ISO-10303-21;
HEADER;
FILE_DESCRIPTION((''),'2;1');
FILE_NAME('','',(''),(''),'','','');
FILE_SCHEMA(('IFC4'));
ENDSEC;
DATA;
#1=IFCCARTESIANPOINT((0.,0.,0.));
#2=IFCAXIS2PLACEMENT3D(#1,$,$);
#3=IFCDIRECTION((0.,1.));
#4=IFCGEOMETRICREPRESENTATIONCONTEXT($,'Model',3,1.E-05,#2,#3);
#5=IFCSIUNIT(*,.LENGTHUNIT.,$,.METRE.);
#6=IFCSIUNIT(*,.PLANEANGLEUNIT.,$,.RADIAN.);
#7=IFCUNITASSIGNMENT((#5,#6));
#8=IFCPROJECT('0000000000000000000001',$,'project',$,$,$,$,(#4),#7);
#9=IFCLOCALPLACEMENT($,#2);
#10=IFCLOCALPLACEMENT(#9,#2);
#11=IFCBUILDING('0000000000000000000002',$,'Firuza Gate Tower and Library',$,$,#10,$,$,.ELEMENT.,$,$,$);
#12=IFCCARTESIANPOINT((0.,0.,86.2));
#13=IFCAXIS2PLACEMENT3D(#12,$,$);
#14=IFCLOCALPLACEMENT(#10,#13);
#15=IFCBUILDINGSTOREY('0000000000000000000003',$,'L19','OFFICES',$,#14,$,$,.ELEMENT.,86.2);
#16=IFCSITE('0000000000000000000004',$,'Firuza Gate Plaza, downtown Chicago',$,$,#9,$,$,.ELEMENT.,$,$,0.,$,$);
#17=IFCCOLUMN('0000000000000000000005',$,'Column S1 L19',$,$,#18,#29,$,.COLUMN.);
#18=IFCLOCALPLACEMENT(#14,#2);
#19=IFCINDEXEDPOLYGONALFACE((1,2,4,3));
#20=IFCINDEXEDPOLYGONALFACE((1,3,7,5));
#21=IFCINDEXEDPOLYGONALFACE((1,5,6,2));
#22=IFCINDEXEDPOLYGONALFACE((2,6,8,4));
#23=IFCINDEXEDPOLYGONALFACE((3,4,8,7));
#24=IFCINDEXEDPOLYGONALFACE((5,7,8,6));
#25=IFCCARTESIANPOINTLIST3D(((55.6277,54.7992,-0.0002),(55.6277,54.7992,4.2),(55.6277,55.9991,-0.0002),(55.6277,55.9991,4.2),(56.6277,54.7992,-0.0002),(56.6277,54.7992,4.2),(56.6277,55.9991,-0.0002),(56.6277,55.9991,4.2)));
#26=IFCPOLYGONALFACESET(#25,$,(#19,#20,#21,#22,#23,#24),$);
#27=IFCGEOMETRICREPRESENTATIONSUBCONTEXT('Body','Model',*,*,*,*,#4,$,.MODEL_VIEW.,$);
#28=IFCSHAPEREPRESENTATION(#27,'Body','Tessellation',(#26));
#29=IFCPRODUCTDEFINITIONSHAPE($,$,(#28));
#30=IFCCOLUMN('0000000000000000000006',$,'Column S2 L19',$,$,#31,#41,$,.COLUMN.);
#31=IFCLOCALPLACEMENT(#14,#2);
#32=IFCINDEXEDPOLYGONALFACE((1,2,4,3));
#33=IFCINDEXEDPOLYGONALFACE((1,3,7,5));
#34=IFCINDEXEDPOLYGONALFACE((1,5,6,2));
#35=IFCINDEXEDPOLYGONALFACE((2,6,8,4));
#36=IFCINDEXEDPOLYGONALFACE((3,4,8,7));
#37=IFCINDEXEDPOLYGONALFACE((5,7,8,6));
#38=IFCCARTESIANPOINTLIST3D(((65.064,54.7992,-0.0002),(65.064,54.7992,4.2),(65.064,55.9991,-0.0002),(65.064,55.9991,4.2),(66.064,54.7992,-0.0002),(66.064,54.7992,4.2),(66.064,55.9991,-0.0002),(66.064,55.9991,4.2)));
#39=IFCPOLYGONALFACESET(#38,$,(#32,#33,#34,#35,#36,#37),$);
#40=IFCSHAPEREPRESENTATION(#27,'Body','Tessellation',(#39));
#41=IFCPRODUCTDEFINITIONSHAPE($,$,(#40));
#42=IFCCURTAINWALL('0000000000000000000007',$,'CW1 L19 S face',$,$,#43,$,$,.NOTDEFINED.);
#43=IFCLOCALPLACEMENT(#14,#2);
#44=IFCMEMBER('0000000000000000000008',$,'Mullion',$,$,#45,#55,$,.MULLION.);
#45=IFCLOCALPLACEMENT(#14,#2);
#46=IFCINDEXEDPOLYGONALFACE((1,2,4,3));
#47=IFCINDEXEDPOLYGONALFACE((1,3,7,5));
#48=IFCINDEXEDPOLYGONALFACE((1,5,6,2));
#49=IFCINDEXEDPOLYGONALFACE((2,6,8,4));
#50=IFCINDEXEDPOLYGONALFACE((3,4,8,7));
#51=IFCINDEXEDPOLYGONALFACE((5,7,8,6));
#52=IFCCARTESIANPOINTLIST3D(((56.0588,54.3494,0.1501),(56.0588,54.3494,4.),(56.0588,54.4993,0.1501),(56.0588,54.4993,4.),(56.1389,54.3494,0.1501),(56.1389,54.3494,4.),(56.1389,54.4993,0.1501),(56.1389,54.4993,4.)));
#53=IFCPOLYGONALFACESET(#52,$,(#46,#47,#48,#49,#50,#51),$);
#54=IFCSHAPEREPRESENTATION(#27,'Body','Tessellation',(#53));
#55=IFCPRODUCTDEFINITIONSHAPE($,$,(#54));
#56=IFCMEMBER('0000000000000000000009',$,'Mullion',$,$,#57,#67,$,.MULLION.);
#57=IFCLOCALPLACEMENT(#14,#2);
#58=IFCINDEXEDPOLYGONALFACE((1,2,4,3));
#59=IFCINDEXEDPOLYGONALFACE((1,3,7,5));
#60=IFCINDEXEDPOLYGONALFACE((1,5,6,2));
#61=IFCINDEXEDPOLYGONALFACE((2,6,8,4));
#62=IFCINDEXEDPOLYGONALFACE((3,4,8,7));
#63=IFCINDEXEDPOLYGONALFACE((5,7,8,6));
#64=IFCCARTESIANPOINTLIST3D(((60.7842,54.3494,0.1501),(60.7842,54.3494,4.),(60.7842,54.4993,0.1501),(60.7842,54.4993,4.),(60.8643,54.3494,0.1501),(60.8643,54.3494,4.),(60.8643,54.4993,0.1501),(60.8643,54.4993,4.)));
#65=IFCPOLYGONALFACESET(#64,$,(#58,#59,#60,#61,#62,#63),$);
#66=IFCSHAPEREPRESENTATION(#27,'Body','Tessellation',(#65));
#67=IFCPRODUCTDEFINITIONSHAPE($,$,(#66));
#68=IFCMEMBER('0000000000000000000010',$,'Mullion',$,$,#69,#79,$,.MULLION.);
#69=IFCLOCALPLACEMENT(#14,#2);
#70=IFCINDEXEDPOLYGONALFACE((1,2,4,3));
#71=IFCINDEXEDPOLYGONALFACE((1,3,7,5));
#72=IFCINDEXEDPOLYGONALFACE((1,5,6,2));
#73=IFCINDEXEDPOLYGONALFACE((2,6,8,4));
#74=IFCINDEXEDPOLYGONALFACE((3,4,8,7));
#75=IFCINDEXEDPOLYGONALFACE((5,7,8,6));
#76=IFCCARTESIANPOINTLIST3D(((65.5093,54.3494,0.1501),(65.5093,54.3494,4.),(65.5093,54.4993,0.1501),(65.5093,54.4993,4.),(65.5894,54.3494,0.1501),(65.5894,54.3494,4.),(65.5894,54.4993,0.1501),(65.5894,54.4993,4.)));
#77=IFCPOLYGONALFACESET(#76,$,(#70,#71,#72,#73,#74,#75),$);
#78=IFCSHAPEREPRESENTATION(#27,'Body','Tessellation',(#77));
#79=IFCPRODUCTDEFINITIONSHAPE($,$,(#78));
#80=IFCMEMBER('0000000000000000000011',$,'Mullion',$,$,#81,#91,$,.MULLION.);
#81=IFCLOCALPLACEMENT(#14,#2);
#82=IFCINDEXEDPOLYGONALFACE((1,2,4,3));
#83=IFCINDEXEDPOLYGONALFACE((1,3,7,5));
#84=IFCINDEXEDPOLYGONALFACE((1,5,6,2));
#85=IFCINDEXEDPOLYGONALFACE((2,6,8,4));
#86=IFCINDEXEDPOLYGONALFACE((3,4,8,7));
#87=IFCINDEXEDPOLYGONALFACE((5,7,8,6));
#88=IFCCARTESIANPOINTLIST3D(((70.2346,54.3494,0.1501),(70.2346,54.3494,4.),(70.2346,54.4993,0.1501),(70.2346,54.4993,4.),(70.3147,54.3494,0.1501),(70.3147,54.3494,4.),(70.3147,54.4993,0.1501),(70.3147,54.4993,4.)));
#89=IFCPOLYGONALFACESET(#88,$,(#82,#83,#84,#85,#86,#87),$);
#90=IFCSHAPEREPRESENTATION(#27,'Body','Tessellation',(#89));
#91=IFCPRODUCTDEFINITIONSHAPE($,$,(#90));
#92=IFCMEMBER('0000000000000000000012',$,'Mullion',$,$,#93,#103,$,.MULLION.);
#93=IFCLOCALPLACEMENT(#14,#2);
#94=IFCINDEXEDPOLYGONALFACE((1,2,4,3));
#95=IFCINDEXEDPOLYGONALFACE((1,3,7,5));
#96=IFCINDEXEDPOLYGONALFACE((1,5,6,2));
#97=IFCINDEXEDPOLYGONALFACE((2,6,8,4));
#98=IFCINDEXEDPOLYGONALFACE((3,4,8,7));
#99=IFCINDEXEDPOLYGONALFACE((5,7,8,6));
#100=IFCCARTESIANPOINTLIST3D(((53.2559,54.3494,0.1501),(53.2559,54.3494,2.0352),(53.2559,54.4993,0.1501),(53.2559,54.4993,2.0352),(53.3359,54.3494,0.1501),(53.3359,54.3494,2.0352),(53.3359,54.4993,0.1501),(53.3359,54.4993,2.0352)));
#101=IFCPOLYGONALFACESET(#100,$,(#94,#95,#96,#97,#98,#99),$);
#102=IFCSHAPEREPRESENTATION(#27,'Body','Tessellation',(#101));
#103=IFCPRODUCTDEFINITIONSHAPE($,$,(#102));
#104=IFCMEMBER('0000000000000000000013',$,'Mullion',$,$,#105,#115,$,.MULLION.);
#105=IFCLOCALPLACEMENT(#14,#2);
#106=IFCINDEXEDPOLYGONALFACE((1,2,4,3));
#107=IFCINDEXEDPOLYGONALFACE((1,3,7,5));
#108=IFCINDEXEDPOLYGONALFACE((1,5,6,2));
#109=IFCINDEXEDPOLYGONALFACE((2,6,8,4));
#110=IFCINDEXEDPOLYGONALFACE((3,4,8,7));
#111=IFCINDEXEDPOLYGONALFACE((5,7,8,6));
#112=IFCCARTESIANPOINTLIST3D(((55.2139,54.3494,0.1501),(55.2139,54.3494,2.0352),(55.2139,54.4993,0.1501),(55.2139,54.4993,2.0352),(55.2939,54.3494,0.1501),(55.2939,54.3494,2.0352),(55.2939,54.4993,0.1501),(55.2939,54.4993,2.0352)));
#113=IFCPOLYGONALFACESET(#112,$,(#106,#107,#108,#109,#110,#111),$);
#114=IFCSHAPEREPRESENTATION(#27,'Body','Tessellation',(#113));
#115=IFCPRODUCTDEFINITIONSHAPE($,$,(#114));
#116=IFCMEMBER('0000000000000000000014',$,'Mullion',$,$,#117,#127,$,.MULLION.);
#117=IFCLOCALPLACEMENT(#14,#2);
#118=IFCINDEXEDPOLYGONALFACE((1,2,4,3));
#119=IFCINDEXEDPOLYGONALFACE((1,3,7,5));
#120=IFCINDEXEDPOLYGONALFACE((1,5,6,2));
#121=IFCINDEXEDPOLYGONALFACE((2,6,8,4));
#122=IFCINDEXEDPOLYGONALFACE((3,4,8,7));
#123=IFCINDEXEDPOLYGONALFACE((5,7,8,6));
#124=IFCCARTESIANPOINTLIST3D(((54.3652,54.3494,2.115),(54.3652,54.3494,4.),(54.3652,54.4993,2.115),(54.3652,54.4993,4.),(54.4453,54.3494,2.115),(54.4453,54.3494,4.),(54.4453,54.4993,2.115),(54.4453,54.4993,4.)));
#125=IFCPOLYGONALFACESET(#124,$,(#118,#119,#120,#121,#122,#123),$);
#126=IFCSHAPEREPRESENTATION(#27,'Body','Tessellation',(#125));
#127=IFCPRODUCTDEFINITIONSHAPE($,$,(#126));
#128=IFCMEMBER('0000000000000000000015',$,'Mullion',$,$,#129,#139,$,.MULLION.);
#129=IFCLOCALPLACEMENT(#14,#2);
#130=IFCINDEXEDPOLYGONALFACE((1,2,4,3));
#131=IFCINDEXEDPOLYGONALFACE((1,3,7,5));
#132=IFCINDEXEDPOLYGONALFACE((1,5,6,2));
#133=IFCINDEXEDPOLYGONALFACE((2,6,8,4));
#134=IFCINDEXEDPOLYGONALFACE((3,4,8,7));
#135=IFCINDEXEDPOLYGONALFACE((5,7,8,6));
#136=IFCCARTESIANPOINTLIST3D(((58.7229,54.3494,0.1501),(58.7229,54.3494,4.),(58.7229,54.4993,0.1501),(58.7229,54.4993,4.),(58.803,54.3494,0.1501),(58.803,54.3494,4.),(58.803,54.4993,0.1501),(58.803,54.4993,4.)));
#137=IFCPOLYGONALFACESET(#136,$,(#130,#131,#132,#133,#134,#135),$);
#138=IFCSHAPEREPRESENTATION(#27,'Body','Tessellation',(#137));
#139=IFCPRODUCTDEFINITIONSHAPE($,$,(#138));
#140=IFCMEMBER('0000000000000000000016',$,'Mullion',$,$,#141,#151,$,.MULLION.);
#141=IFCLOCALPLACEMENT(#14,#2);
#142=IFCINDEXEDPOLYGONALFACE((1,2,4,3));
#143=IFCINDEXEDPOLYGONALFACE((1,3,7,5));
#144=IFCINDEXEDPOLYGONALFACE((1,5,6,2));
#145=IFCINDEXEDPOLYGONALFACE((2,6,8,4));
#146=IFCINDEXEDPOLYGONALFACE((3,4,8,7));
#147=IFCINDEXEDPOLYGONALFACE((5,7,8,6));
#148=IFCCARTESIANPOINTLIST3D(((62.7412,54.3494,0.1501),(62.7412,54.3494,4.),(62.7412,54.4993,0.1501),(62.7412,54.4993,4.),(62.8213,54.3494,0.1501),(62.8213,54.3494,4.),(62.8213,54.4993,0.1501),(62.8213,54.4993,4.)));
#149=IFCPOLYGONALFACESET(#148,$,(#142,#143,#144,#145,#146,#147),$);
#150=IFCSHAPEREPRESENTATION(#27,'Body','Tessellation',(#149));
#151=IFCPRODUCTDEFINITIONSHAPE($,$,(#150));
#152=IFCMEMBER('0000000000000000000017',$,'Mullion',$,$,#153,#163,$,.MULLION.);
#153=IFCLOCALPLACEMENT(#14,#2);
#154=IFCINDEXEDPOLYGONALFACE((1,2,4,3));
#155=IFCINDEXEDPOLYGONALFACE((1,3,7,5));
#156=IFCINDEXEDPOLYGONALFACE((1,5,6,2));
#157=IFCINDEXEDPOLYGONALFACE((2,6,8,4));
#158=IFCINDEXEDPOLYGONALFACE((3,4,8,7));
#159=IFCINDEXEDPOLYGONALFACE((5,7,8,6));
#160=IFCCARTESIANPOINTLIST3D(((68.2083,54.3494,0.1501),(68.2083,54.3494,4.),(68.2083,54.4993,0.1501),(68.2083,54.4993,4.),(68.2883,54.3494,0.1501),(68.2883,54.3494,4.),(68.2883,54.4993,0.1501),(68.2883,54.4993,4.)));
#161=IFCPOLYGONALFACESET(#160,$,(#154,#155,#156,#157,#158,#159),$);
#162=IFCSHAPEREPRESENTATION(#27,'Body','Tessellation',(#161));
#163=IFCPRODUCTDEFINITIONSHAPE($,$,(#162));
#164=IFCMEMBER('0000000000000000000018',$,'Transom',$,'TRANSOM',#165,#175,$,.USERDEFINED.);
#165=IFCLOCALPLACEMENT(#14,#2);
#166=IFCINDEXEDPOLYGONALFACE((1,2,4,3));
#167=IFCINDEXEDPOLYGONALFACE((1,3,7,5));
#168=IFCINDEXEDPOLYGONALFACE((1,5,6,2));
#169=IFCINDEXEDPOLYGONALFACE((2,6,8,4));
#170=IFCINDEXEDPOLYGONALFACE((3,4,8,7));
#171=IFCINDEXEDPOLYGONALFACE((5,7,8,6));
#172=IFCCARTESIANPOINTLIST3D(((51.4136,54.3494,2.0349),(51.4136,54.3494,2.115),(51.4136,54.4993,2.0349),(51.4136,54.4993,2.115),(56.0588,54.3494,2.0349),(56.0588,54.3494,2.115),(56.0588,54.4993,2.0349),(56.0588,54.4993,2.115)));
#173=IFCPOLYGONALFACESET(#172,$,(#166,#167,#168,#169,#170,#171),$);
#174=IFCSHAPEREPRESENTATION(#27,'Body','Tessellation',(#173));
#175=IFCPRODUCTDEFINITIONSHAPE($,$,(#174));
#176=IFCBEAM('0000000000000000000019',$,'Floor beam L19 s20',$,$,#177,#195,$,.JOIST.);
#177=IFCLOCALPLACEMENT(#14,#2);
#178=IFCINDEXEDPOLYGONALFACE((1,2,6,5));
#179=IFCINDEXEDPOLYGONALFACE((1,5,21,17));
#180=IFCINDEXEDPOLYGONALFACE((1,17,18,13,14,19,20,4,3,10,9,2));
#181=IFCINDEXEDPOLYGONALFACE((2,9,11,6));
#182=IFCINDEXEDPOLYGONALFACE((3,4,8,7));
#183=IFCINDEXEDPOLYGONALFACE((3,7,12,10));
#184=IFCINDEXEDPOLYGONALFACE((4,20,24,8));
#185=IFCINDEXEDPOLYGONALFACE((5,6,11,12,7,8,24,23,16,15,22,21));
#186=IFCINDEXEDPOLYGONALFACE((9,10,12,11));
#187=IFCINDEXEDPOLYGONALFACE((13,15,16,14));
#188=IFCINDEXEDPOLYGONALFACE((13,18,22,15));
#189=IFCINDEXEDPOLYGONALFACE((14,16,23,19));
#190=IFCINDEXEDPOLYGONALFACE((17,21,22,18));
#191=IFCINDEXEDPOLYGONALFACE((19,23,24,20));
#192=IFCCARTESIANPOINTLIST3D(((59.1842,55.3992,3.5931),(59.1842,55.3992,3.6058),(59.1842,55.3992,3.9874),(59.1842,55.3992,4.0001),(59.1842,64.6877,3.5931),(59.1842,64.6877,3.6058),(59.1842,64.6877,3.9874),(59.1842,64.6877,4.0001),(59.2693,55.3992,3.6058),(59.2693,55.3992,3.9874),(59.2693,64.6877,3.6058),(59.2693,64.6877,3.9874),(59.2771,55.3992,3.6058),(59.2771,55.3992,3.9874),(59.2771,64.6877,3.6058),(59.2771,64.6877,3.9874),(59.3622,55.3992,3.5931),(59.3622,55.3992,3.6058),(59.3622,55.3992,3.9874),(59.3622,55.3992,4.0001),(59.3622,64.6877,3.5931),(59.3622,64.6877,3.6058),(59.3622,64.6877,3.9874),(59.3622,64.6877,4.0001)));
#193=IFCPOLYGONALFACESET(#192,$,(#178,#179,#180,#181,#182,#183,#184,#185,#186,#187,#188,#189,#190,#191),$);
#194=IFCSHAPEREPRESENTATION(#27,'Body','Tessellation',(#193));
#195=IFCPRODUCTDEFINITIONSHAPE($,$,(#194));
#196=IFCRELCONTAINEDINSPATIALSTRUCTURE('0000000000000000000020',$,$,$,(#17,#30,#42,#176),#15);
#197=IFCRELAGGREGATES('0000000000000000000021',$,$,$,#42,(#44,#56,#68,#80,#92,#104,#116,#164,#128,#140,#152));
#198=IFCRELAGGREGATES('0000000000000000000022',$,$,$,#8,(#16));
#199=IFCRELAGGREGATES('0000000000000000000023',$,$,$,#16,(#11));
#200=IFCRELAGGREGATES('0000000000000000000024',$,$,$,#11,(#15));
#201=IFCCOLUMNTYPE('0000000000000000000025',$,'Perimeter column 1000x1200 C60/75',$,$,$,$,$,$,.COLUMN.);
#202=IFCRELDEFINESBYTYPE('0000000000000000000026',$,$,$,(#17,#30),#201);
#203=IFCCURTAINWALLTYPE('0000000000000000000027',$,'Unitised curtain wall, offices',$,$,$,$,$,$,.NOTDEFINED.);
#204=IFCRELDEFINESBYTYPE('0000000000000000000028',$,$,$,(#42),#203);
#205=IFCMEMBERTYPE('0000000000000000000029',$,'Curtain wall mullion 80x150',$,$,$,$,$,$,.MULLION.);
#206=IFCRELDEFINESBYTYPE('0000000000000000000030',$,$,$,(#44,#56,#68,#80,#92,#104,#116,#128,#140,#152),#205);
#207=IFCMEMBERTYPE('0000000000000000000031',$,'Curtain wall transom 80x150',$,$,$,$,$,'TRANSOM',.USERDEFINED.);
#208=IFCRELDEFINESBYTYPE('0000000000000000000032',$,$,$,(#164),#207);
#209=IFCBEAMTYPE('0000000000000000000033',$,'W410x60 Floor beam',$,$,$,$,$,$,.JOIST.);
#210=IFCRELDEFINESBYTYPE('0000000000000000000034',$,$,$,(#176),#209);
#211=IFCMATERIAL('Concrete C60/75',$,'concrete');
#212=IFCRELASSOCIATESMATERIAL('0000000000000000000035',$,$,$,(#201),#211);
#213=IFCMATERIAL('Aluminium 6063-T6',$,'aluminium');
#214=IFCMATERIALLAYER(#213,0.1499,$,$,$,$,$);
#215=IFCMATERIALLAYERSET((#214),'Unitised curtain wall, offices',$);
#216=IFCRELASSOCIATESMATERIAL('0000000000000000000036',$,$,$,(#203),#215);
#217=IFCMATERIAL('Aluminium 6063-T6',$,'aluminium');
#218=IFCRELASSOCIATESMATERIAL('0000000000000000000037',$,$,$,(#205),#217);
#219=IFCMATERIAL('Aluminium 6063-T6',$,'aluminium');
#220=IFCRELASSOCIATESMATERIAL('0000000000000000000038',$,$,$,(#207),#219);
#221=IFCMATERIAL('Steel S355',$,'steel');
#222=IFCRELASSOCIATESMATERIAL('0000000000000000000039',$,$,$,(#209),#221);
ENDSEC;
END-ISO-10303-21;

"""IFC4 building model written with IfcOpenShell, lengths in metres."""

from ifc_helpers import new_model, si_unit, direction, frame, origin, origin_2d, place, context, subcontext, project, spatial, rectangle, i_section, extrude, material, layer, layer_set, material_profile, profile_set, type_object, element, aggregate, save


model = new_model("IFC4")

# Units and contexts
model_context = context("Model", 3, precision=1e-05, world=origin(), true_north=direction((0.0, 1.0)))
body_context = subcontext(model_context, "Body", "Model", "MODEL_VIEW")
ifc_project = project(units=[si_unit("LENGTHUNIT", "METRE"), si_unit("PLANEANGLEUNIT", "RADIAN")], contexts=[model_context])

# Site, building, storey
site_placement = place(None, origin())
site = spatial("IfcSite", under=ifc_project, at=site_placement, Name="Firuza Gate Plaza, downtown Chicago", CompositionType="ELEMENT", RefElevation=0.0)
building_placement = place(site_placement, origin())
building = spatial("IfcBuilding", under=site, at=building_placement, Name="Firuza Gate Tower and Library", CompositionType="ELEMENT")
storey_placement = place(building_placement, frame((0.0, 0.0, 86.2)))
storey = spatial("IfcBuildingStorey", under=building, at=storey_placement, Name="L19", Description="OFFICES", CompositionType="ELEMENT", Elevation=86.2)

# Columns
ifc_material_1 = material(Name="Concrete C60/75", Category="concrete")
ifc_material_profile_1 = material_profile(ifc_material_1, rectangle(XDim=1.0, YDim=1.2, at=origin_2d()))
ifc_profile_set_1 = profile_set([ifc_material_profile_1], Name="Concrete C60/75")
column_type = type_object("IfcColumnType", Name="Perimeter column 1000x1200 C60/75", PredefinedType="COLUMN", material=ifc_profile_set_1)
for number, where, z_axis, x_axis, name in (
    (1, (56.1277, 55.3992, -0.0002), (0.0, 0.0, 1.0), (1.0, 0.0, 0.0), "Column S1 L19"),
    (2, (65.564, 55.3992, -0.0002), (0.0, 0.0, 1.0), (1.0, 0.0, 0.0), "Column S2 L19"),
):
    element("IfcColumn", number, at=place(storey_placement, frame(where, z_axis=z_axis, x_axis=x_axis)), inside=storey, type_object=column_type, Name=name, PredefinedType="COLUMN", context=body_context, shape_type="SweptSolid", body=[
        extrude(rectangle(XDim=1.0, YDim=1.2, at=origin_2d()), origin(), (0.0, 0.0, 1.0), 4.2002),
    ])

# Curtain wall, members
ifc_material_2 = material(Name="Aluminium 6063-T6", Category="aluminium")
ifc_layer_1 = layer(ifc_material_2, 0.1499)
ifc_layer_set_1 = layer_set([ifc_layer_1], Name="Unitised curtain wall, offices")
curtain_wall_type = type_object("IfcCurtainWallType", Name="Unitised curtain wall, offices", PredefinedType="NOTDEFINED", material=ifc_layer_set_1)
curtain_wall_placement = place(storey_placement, origin())
curtain_wall = element("IfcCurtainWall", 3, at=curtain_wall_placement, inside=storey, type_object=curtain_wall_type, Name="CW1 L19 S face", PredefinedType="NOTDEFINED")
ifc_material_3 = material(Name="Aluminium 6063-T6", Category="aluminium")
ifc_material_profile_2 = material_profile(ifc_material_3, rectangle(XDim=0.1499, YDim=0.0801, at=origin_2d()))
ifc_profile_set_2 = profile_set([ifc_material_profile_2], Name="Aluminium 6063-T6")
member_type_1 = type_object("IfcMemberType", Name="Curtain wall mullion 80x150", PredefinedType="MULLION", material=ifc_profile_set_2)
member_1_placement = place(storey_placement, frame((56.0989, 54.4243, 0.1501), z_axis=(0.0, 0.0, 1.0), x_axis=(0.0, 1.0, 0.0)))
member_1 = element("IfcMember", 4, at=member_1_placement, type_object=member_type_1, Name="Mullion", PredefinedType="MULLION", context=body_context, shape_type="SweptSolid", body=[
    extrude(rectangle(XDim=0.1499, YDim=0.0801, at=origin_2d()), origin(), (0.0, 0.0, 1.0), 3.8499),
])
member_2_placement = place(storey_placement, frame((60.8242, 54.4243, 0.1501), z_axis=(0.0, 0.0, 1.0), x_axis=(0.0, 1.0, 0.0)))
member_2 = element("IfcMember", 5, at=member_2_placement, type_object=member_type_1, Name="Mullion", PredefinedType="MULLION", context=body_context, shape_type="SweptSolid", body=[
    extrude(rectangle(XDim=0.1499, YDim=0.0801, at=origin_2d()), origin(), (0.0, 0.0, 1.0), 3.8499),
])
member_3_placement = place(storey_placement, frame((65.5493, 54.4243, 0.1501), z_axis=(0.0, 0.0, 1.0), x_axis=(0.0, 1.0, 0.0)))
member_3 = element("IfcMember", 6, at=member_3_placement, type_object=member_type_1, Name="Mullion", PredefinedType="MULLION", context=body_context, shape_type="SweptSolid", body=[
    extrude(rectangle(XDim=0.1499, YDim=0.0801, at=origin_2d()), origin(), (0.0, 0.0, 1.0), 3.8499),
])
member_4_placement = place(storey_placement, frame((70.2747, 54.4243, 0.1501), z_axis=(0.0, 0.0, 1.0), x_axis=(0.0, 1.0, 0.0)))
member_4 = element("IfcMember", 7, at=member_4_placement, type_object=member_type_1, Name="Mullion", PredefinedType="MULLION", context=body_context, shape_type="SweptSolid", body=[
    extrude(rectangle(XDim=0.1499, YDim=0.0801, at=origin_2d()), origin(), (0.0, 0.0, 1.0), 3.8499),
])
member_5_placement = place(storey_placement, frame((53.2959, 54.4243, 0.1501), z_axis=(0.0, 0.0, 1.0), x_axis=(0.0, 1.0, 0.0)))
member_5 = element("IfcMember", 8, at=member_5_placement, type_object=member_type_1, Name="Mullion", PredefinedType="MULLION", context=body_context, shape_type="SweptSolid", body=[
    extrude(rectangle(XDim=0.1499, YDim=0.0801, at=origin_2d()), origin(), (0.0, 0.0, 1.0), 1.885),
])
member_6_placement = place(storey_placement, frame((55.2539, 54.4243, 0.1501), z_axis=(0.0, 0.0, 1.0), x_axis=(0.0, 1.0, 0.0)))
member_6 = element("IfcMember", 9, at=member_6_placement, type_object=member_type_1, Name="Mullion", PredefinedType="MULLION", context=body_context, shape_type="SweptSolid", body=[
    extrude(rectangle(XDim=0.1499, YDim=0.0801, at=origin_2d()), origin(), (0.0, 0.0, 1.0), 1.885),
])
member_7_placement = place(storey_placement, frame((54.4053, 54.4243, 2.115), z_axis=(0.0, 0.0, 1.0), x_axis=(0.0, 1.0, 0.0)))
member_7 = element("IfcMember", 10, at=member_7_placement, type_object=member_type_1, Name="Mullion", PredefinedType="MULLION", context=body_context, shape_type="SweptSolid", body=[
    extrude(rectangle(XDim=0.1499, YDim=0.0801, at=origin_2d()), origin(), (0.0, 0.0, 1.0), 1.885),
])
member_8_placement = place(storey_placement, frame((58.7629, 54.4243, 0.1501), z_axis=(0.0, 0.0, 1.0), x_axis=(0.0, 1.0, 0.0)))
member_8 = element("IfcMember", 11, at=member_8_placement, type_object=member_type_1, Name="Mullion", PredefinedType="MULLION", context=body_context, shape_type="SweptSolid", body=[
    extrude(rectangle(XDim=0.1499, YDim=0.0801, at=origin_2d()), origin(), (0.0, 0.0, 1.0), 3.8499),
])
member_9_placement = place(storey_placement, frame((62.7812, 54.4243, 0.1501), z_axis=(0.0, 0.0, 1.0), x_axis=(0.0, 1.0, 0.0)))
member_9 = element("IfcMember", 12, at=member_9_placement, type_object=member_type_1, Name="Mullion", PredefinedType="MULLION", context=body_context, shape_type="SweptSolid", body=[
    extrude(rectangle(XDim=0.1499, YDim=0.0801, at=origin_2d()), origin(), (0.0, 0.0, 1.0), 3.8499),
])
member_10_placement = place(storey_placement, frame((68.2483, 54.4243, 0.1501), z_axis=(0.0, 0.0, 1.0), x_axis=(0.0, 1.0, 0.0)))
member_10 = element("IfcMember", 13, at=member_10_placement, type_object=member_type_1, Name="Mullion", PredefinedType="MULLION", context=body_context, shape_type="SweptSolid", body=[
    extrude(rectangle(XDim=0.1499, YDim=0.0801, at=origin_2d()), origin(), (0.0, 0.0, 1.0), 3.8499),
])
ifc_material_4 = material(Name="Aluminium 6063-T6", Category="aluminium")
ifc_material_profile_3 = material_profile(ifc_material_4, rectangle(XDim=0.1499, YDim=0.0801, at=origin_2d()))
ifc_profile_set_3 = profile_set([ifc_material_profile_3], Name="Aluminium 6063-T6")
member_type_2 = type_object("IfcMemberType", Name="Curtain wall transom 80x150", ElementType="TRANSOM", PredefinedType="USERDEFINED", material=ifc_profile_set_3)
member_11_placement = place(storey_placement, frame((51.4136, 54.4243, 2.075), z_axis=(1.0, 0.0, 0.0), x_axis=(0.0, 1.0, 0.0)))
member_11 = element("IfcMember", 14, at=member_11_placement, type_object=member_type_2, Name="Transom", ObjectType="TRANSOM", PredefinedType="USERDEFINED", context=body_context, shape_type="SweptSolid", body=[
    extrude(rectangle(XDim=0.1499, YDim=0.0801, at=origin_2d()), origin(), (0.0, 0.0, 1.0), 4.6453),
])

# Beam
ifc_material_5 = material(Name="Steel S355", Category="steel")
ifc_material_profile_4 = material_profile(ifc_material_5, i_section(OverallWidth=0.178, OverallDepth=0.407, WebThickness=0.0078, FlangeThickness=0.0127, at=origin_2d()))
ifc_profile_set_4 = profile_set([ifc_material_profile_4], Name="Steel S355")
beam_type_1 = type_object("IfcBeamType", Name="W410x60 Floor beam", PredefinedType="JOIST", material=ifc_profile_set_4)
beam_1_placement = place(storey_placement, frame((59.2732, 55.3992, 3.7966), z_axis=(0.0, 1.0, 0.0), x_axis=(-1.0, 0.0, 0.0)))
element("IfcBeam", 15, at=beam_1_placement, inside=storey, type_object=beam_type_1, Name="Floor beam L19 s20", PredefinedType="JOIST", context=body_context, shape_type="SweptSolid", body=[
    extrude(i_section(OverallWidth=0.178, OverallDepth=0.407, WebThickness=0.0078, FlangeThickness=0.0127, at=origin_2d()), origin(), (0.0, 0.0, 1.0), 9.2886),
])

aggregate(curtain_wall, [member_1, member_2, member_3, member_4, member_5, member_6, member_7, member_11, member_8, member_9, member_10])

save(model, "model.ifc")
